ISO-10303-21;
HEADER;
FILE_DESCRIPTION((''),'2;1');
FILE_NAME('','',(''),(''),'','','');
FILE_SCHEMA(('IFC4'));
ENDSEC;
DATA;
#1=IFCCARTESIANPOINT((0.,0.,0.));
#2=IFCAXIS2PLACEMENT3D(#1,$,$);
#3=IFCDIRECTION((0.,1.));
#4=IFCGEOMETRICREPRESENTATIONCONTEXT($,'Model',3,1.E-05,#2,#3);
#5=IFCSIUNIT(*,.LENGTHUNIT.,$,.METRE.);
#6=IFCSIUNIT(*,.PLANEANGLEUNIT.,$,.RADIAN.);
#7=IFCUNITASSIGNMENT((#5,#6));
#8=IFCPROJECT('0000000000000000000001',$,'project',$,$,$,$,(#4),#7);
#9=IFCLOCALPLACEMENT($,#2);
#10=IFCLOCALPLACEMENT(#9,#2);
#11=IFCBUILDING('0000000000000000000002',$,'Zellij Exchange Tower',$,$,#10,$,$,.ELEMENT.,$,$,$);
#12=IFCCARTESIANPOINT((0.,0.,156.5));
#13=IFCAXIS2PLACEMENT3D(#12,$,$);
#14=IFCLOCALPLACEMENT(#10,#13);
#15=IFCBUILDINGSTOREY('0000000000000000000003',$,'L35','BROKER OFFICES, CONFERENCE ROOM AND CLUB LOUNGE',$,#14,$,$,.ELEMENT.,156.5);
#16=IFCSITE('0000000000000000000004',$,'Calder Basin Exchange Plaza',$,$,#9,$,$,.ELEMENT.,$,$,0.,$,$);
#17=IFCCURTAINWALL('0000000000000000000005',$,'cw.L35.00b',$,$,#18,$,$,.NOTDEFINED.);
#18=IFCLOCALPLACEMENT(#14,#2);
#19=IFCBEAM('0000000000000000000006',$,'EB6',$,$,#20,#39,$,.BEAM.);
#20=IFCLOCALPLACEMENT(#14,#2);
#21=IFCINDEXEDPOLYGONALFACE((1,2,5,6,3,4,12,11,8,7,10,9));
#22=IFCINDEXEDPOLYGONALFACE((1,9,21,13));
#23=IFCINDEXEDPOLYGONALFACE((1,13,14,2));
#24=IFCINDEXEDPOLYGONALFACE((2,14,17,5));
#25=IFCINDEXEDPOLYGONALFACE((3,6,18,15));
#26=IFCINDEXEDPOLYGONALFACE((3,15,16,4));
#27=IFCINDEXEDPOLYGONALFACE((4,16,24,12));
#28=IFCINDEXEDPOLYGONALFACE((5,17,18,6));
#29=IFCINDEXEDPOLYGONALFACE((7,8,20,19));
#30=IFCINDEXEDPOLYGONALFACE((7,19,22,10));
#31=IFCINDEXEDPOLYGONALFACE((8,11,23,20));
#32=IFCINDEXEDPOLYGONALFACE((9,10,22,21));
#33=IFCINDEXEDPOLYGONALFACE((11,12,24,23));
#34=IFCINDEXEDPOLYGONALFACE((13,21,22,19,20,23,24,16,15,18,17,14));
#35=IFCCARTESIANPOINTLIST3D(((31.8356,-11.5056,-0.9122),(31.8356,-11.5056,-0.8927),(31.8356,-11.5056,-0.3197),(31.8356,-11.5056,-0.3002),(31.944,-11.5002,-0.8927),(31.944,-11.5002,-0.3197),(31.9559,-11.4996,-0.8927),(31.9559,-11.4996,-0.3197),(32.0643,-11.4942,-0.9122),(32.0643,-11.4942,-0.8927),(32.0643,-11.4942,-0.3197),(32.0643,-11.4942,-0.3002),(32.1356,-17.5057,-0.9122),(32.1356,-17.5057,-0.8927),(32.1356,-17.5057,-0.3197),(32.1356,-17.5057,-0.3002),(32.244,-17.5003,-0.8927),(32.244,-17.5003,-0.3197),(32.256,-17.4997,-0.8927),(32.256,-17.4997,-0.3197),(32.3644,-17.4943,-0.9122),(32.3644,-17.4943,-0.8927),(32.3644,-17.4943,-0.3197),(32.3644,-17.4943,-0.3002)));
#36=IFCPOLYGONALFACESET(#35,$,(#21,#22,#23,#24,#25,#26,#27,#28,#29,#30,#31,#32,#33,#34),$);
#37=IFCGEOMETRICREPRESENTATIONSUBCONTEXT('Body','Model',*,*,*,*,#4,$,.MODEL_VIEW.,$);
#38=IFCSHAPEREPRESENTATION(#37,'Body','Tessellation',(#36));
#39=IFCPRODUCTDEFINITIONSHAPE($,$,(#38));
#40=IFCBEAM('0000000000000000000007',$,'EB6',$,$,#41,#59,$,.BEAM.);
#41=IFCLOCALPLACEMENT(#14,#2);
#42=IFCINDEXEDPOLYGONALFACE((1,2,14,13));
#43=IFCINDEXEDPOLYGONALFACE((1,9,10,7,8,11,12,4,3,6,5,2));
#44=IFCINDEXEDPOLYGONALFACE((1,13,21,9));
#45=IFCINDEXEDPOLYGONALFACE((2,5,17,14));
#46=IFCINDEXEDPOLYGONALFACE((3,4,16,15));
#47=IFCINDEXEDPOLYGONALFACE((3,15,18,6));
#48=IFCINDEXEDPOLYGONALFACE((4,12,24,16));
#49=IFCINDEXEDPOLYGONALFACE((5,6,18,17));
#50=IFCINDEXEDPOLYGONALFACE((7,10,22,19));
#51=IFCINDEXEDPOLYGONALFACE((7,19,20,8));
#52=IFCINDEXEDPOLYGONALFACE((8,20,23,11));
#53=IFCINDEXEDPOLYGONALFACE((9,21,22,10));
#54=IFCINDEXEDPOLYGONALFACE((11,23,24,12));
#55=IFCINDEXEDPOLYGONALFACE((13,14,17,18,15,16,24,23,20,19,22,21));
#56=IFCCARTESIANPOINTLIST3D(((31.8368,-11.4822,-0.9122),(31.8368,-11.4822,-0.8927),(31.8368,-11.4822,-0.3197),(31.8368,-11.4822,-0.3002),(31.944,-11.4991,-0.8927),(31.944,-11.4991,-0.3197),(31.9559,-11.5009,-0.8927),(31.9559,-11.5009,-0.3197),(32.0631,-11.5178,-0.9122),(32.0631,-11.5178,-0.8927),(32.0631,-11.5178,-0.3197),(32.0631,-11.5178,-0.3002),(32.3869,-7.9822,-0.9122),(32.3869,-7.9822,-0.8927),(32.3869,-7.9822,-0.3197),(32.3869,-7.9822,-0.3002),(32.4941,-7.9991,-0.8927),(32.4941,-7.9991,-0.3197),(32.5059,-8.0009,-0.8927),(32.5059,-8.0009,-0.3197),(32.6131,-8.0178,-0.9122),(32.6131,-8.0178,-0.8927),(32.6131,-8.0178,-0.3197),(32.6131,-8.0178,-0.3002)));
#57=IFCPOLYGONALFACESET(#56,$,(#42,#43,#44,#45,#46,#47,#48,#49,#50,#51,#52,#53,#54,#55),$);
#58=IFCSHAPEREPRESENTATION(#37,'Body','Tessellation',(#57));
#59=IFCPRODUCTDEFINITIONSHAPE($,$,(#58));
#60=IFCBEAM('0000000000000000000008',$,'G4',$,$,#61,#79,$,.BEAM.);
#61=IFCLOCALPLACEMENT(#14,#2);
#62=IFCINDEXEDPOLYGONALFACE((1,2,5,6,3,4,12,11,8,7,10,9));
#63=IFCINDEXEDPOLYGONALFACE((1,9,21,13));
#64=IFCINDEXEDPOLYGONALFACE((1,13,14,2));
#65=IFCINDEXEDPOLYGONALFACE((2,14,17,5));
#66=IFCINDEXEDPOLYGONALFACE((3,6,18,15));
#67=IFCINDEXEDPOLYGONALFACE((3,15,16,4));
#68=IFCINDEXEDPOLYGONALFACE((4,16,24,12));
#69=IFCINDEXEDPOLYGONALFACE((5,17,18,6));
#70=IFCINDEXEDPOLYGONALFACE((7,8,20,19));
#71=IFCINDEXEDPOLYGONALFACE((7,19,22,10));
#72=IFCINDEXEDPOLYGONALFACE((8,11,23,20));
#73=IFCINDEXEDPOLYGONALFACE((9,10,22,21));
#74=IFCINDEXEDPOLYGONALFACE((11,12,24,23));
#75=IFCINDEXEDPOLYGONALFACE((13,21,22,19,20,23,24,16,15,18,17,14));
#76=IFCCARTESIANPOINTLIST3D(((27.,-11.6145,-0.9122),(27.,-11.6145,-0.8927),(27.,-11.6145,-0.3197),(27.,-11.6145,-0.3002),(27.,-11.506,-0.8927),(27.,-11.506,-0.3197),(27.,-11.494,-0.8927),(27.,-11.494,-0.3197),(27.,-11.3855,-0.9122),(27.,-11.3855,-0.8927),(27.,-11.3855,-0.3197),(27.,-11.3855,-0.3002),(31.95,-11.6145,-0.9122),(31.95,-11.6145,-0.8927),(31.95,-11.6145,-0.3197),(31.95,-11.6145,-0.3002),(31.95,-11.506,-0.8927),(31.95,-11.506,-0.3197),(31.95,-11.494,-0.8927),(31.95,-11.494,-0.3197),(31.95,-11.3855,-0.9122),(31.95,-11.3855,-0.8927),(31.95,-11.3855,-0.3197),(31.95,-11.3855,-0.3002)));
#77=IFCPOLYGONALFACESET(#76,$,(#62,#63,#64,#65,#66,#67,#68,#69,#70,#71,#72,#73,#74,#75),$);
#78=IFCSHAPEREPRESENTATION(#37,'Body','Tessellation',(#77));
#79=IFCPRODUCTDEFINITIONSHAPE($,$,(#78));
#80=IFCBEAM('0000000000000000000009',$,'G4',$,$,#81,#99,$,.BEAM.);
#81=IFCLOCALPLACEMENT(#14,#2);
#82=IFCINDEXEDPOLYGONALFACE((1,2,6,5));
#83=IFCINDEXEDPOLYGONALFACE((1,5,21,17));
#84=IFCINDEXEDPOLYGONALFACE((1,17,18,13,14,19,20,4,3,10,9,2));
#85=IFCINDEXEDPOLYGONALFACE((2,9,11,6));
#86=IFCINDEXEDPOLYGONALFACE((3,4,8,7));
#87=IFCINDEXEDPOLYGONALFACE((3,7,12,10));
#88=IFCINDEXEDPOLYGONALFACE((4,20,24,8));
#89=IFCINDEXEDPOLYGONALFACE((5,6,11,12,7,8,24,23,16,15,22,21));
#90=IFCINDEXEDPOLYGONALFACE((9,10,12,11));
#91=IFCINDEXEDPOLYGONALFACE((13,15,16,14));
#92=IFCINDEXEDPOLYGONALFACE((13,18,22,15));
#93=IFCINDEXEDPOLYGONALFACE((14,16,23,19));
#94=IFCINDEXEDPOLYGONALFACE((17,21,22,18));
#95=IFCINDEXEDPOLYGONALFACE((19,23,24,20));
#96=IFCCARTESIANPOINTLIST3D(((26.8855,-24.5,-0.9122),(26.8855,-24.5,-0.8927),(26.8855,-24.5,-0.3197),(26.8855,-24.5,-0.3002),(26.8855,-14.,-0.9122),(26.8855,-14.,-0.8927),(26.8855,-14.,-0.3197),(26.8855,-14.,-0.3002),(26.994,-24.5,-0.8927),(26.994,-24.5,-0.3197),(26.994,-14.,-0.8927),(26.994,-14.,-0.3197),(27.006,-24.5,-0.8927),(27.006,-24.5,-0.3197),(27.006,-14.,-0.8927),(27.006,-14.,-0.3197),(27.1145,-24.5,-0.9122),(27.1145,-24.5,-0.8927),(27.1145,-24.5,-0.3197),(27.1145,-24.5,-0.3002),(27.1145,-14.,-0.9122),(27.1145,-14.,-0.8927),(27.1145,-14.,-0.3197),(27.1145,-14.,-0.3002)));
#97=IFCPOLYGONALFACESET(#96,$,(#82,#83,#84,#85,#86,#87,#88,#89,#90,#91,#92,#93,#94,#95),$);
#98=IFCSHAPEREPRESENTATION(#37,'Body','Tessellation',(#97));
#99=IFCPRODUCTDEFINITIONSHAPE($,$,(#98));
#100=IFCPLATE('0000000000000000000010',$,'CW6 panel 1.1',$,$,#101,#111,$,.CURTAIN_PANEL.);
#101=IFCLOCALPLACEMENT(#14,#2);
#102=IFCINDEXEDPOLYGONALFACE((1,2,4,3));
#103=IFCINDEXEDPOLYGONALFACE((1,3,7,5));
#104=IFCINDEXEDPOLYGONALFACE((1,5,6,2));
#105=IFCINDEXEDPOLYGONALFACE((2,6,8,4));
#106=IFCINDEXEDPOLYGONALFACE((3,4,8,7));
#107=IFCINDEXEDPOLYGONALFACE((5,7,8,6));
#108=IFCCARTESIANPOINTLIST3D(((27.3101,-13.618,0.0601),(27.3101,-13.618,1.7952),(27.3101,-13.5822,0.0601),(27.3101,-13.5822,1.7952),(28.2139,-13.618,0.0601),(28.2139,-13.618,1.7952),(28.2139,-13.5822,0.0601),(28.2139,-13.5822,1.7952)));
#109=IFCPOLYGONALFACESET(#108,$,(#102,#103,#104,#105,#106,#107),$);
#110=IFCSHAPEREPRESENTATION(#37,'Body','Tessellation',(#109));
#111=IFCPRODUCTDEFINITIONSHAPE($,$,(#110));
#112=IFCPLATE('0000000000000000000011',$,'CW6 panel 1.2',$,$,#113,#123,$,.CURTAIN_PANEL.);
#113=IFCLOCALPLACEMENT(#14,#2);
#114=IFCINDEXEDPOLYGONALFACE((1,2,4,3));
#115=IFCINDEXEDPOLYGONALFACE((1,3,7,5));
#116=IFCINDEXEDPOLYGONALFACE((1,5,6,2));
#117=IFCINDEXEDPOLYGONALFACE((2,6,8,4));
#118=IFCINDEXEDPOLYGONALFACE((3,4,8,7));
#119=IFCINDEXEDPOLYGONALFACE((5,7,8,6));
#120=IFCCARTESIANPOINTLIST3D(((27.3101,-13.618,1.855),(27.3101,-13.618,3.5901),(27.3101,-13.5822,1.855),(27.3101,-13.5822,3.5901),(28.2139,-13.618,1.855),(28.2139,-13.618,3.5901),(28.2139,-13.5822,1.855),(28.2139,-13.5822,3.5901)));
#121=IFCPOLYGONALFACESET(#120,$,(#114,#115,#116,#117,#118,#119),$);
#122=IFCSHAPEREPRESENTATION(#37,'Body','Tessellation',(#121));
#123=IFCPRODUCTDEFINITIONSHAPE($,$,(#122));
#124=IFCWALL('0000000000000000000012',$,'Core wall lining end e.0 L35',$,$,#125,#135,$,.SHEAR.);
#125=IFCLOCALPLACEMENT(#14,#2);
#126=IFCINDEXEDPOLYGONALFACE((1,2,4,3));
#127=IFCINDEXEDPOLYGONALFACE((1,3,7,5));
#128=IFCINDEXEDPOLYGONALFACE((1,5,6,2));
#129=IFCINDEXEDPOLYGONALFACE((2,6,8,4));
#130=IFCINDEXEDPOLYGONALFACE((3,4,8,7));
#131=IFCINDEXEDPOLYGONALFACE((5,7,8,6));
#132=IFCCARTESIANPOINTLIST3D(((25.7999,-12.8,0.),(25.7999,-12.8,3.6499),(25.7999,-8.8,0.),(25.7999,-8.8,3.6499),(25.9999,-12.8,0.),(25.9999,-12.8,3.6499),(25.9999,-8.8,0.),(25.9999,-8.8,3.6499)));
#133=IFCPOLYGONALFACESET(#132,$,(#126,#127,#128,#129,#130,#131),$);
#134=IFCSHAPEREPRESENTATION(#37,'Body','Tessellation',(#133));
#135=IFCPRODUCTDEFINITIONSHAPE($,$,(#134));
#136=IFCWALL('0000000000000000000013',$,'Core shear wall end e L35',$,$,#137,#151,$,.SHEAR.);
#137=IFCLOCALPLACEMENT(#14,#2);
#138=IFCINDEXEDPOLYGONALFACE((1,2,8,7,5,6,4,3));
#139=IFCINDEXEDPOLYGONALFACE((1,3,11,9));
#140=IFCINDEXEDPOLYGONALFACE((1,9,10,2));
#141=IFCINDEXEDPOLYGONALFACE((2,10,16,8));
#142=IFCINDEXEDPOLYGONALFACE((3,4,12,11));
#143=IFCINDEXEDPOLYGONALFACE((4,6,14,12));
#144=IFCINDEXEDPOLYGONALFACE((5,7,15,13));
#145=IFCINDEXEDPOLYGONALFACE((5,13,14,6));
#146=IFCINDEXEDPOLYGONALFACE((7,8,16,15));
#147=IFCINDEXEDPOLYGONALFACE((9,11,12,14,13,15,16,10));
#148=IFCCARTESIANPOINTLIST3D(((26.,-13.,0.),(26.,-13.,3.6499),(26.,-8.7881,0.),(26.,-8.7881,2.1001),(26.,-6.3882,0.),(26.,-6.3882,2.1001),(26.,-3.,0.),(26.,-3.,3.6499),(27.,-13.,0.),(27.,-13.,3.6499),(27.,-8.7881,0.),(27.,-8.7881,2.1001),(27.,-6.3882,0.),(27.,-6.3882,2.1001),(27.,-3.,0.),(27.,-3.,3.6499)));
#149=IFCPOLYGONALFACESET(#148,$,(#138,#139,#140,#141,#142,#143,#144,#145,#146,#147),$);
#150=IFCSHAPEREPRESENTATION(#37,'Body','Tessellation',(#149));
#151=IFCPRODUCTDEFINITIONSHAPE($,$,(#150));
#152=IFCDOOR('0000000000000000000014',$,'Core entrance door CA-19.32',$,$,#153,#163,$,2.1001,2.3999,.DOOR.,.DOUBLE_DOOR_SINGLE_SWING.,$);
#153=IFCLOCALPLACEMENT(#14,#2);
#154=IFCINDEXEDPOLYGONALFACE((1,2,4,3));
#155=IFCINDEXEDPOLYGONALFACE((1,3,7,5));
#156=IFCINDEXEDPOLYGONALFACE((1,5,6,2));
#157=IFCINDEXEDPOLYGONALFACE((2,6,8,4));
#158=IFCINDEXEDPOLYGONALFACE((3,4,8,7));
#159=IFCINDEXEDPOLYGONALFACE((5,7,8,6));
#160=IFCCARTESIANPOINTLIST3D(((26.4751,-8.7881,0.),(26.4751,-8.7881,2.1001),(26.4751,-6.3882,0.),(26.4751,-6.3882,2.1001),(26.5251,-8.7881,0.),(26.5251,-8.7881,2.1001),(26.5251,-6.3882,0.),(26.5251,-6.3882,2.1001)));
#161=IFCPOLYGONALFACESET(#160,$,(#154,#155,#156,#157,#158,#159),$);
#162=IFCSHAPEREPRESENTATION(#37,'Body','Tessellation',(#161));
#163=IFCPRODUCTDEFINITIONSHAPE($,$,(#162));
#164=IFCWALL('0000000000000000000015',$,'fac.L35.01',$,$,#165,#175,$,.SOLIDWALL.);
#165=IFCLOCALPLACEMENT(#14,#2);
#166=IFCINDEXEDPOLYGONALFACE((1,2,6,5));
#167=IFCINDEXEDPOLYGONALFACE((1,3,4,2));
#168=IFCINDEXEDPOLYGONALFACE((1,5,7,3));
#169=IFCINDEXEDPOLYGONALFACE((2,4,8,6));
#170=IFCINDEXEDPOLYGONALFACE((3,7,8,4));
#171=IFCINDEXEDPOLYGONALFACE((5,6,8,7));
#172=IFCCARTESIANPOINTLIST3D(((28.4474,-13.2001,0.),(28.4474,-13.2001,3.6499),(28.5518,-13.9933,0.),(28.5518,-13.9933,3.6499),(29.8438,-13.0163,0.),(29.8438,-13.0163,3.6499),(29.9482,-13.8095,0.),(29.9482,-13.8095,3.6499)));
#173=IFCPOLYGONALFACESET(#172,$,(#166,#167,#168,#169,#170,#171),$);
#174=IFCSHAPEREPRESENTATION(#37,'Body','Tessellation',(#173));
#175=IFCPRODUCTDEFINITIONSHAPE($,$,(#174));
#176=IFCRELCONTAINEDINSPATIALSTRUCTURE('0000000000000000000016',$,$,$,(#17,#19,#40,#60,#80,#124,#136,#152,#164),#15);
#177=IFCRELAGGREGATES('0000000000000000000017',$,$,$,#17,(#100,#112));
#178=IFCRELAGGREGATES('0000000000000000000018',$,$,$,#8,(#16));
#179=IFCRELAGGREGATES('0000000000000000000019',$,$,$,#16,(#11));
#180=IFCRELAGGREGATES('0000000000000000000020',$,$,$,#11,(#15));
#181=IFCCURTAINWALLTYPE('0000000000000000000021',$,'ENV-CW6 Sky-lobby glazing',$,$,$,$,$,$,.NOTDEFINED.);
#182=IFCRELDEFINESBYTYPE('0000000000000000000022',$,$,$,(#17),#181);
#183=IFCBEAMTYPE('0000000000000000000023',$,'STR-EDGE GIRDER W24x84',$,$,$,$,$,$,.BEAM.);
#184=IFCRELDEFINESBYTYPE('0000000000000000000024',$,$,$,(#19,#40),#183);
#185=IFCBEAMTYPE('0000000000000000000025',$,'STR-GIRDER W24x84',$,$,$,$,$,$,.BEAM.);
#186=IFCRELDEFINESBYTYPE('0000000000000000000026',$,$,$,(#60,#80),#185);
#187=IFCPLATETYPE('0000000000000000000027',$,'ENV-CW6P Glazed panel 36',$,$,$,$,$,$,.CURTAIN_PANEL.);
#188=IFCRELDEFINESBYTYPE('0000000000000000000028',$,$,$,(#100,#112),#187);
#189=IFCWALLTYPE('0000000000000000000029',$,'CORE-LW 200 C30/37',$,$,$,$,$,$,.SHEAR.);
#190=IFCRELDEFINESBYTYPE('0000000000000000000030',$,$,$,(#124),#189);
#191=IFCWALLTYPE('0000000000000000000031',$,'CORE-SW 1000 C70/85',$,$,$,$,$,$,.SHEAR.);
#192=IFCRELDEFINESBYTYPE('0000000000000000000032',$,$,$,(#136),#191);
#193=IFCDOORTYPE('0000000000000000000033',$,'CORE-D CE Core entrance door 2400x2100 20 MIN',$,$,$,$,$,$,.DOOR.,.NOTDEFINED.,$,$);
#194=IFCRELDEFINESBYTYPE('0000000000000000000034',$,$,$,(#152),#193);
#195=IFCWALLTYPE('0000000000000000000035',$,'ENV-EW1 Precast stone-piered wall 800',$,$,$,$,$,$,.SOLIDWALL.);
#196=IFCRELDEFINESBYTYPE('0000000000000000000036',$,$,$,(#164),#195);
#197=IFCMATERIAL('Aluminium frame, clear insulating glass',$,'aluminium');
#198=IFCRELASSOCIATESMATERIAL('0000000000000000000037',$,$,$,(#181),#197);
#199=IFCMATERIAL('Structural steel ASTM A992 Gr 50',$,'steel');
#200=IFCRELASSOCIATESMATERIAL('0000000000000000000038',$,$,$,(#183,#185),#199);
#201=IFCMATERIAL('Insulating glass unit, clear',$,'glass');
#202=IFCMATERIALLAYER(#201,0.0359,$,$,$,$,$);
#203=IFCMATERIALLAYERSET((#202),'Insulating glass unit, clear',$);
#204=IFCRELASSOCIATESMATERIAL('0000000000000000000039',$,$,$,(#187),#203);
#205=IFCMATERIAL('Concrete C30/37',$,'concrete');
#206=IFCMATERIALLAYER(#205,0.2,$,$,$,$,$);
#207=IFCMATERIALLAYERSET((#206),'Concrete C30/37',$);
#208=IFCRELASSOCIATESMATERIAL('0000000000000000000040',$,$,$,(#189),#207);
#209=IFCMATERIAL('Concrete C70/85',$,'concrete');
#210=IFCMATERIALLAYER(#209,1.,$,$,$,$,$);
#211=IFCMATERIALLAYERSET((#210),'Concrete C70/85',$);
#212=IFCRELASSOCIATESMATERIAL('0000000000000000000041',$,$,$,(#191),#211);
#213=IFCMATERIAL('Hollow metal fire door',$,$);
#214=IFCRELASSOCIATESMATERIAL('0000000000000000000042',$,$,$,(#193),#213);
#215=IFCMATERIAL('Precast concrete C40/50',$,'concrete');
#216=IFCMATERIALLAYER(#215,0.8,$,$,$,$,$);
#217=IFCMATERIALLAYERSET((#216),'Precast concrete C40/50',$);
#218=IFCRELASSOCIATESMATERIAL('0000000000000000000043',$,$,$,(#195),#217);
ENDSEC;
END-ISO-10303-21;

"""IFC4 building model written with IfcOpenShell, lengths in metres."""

from ifc_helpers import new_model, si_unit, direction, frame, frame_2d, origin, origin_2d, place, context, subcontext, project, spatial, rectangle, i_section, extrude, material, layer, layer_set, material_profile, profile_set, type_object, element, fill, aggregate, save


model = new_model("IFC4")

# Units and contexts
model_context = context("Model", 3, precision=1e-05, world=origin(), true_north=direction((0.0, 1.0)))
body_context = subcontext(model_context, "Body", "Model", "MODEL_VIEW")
ifc_project = project(units=[si_unit("LENGTHUNIT", "METRE"), si_unit("PLANEANGLEUNIT", "RADIAN")], contexts=[model_context])

# Site, building, storey
site_placement = place(None, origin())
site = spatial("IfcSite", under=ifc_project, at=site_placement, Name="Calder Basin Exchange Plaza", CompositionType="ELEMENT", RefElevation=0.0)
building_placement = place(site_placement, origin())
building = spatial("IfcBuilding", under=site, at=building_placement, Name="Zellij Exchange Tower", CompositionType="ELEMENT")
storey_placement = place(building_placement, frame((0.0, 0.0, 156.5)))
storey = spatial("IfcBuildingStorey", under=building, at=storey_placement, Name="L35", Description="BROKER OFFICES, CONFERENCE ROOM AND CLUB LOUNGE", CompositionType="ELEMENT", Elevation=156.5)

# Curtain wall
ifc_material_1 = material(Name="Aluminium frame, clear insulating glass", Category="aluminium")
curtain_wall_type = type_object("IfcCurtainWallType", Name="ENV-CW6 Sky-lobby glazing", PredefinedType="NOTDEFINED", material=ifc_material_1)
curtain_wall_placement = place(storey_placement, origin())
curtain_wall = element("IfcCurtainWall", 1, at=curtain_wall_placement, inside=storey, type_object=curtain_wall_type, Name="cw.L35.00b", PredefinedType="NOTDEFINED")

# Beams
ifc_material_2 = material(Name="Structural steel ASTM A992 Gr 50", Category="steel")
ifc_material_profile_1 = material_profile(ifc_material_2, i_section(OverallWidth=0.229, OverallDepth=0.6121, WebThickness=0.012, FlangeThickness=0.0195, at=origin_2d()), Name="W24x84")
ifc_profile_set_1 = profile_set([ifc_material_profile_1], Name="Structural steel ASTM A992 Gr 50")
beam_type_1 = type_object("IfcBeamType", Name="STR-EDGE GIRDER W24x84", PredefinedType="BEAM", material=ifc_profile_set_1)
beam_1_placement = place(storey_placement, frame((32.25, -17.5, -0.6062), z_axis=(-0.049946, 0.998752, 0.0), x_axis=(-0.998752, -0.049946, 0.0)))
element("IfcBeam", 2, at=beam_1_placement, inside=storey, type_object=beam_type_1, Name="EB6", PredefinedType="BEAM", context=body_context, shape_type="SweptSolid", body=[
    extrude(i_section(OverallWidth=0.229, OverallDepth=0.6121, WebThickness=0.012, FlangeThickness=0.0195, at=origin_2d()), origin(), (0.0, 0.0, 1.0), 6.0076),
])
beam_2_placement = place(storey_placement, frame((31.95, -11.5, -0.6062), z_axis=(0.155251, 0.987875, 0.0), x_axis=(-0.987875, 0.155251, 0.0)))
element("IfcBeam", 3, at=beam_2_placement, inside=storey, type_object=beam_type_1, Name="EB6", PredefinedType="BEAM", context=body_context, shape_type="SweptSolid", body=[
    extrude(i_section(OverallWidth=0.229, OverallDepth=0.6121, WebThickness=0.012, FlangeThickness=0.0195, at=origin_2d()), origin(), (0.0, 0.0, 1.0), 3.543),
])
ifc_material_profile_2 = material_profile(ifc_material_2, i_section(OverallWidth=0.229, OverallDepth=0.6121, WebThickness=0.012, FlangeThickness=0.0195, at=origin_2d()), Name="W24x84")
ifc_profile_set_2 = profile_set([ifc_material_profile_2], Name="Structural steel ASTM A992 Gr 50")
beam_type_2 = type_object("IfcBeamType", Name="STR-GIRDER W24x84", PredefinedType="BEAM", material=ifc_profile_set_2)
beam_3_placement = place(storey_placement, frame((27.0, -11.5, -0.6062), z_axis=(1.0, 0.0, 0.0), x_axis=(0.0, 1.0, 0.0)))
element("IfcBeam", 4, at=beam_3_placement, inside=storey, type_object=beam_type_2, Name="G4", PredefinedType="BEAM", context=body_context, shape_type="SweptSolid", body=[
    extrude(i_section(OverallWidth=0.229, OverallDepth=0.6121, WebThickness=0.012, FlangeThickness=0.0195, at=origin_2d()), origin(), (0.0, 0.0, 1.0), 4.95),
])
beam_4_placement = place(storey_placement, frame((27.0, -24.5, -0.6062), z_axis=(0.0, 1.0, 0.0), x_axis=(-1.0, 0.0, 0.0)))
element("IfcBeam", 5, at=beam_4_placement, inside=storey, type_object=beam_type_2, Name="G4", PredefinedType="BEAM", context=body_context, shape_type="SweptSolid", body=[
    extrude(i_section(OverallWidth=0.229, OverallDepth=0.6121, WebThickness=0.012, FlangeThickness=0.0195, at=origin_2d()), origin(), (0.0, 0.0, 1.0), 10.5),
])

# Plates
ifc_material_3 = material(Name="Insulating glass unit, clear", Category="glass")
ifc_layer_1 = layer(ifc_material_3, 0.0359)
ifc_layer_set_1 = layer_set([ifc_layer_1], Name="Insulating glass unit, clear")
plate_type = type_object("IfcPlateType", Name="ENV-CW6P Glazed panel 36", PredefinedType="CURTAIN_PANEL", material=ifc_layer_set_1)
plate_1_placement = place(storey_placement, frame((27.762, -13.6001, 0.0601), z_axis=(0.0, 0.0, 1.0), x_axis=(1.0, 0.0, 0.0)))
plate_1 = element("IfcPlate", 6, at=plate_1_placement, type_object=plate_type, Name="CW6 panel 1.1", PredefinedType="CURTAIN_PANEL", context=body_context, shape_type="SweptSolid", body=[
    extrude(rectangle(XDim=0.9038, YDim=0.0359, at=origin_2d()), origin(), (0.0, 0.0, 1.0), 1.7351),
])
plate_2_placement = place(storey_placement, frame((27.762, -13.6001, 1.855), z_axis=(0.0, 0.0, 1.0), x_axis=(1.0, 0.0, 0.0)))
plate_2 = element("IfcPlate", 7, at=plate_2_placement, type_object=plate_type, Name="CW6 panel 1.2", PredefinedType="CURTAIN_PANEL", context=body_context, shape_type="SweptSolid", body=[
    extrude(rectangle(XDim=0.9038, YDim=0.0359, at=origin_2d()), origin(), (0.0, 0.0, 1.0), 1.7351),
])
aggregate(curtain_wall, [plate_1, plate_2])

# Wall
ifc_material_4 = material(Name="Concrete C30/37", Category="concrete")
ifc_layer_2 = layer(ifc_material_4, 0.2)
ifc_layer_set_2 = layer_set([ifc_layer_2], Name="Concrete C30/37")
wall_type_1 = type_object("IfcWallType", Name="CORE-LW 200 C30/37", PredefinedType="SHEAR", material=ifc_layer_set_2)
wall_1_placement = place(storey_placement, frame((25.8999, -12.8, 0.0), z_axis=(0.0, 0.0, 1.0), x_axis=(0.0, 1.0, 0.0)))
element("IfcWall", 8, at=wall_1_placement, inside=storey, type_object=wall_type_1, Name="Core wall lining end e.0 L35", PredefinedType="SHEAR", context=body_context, shape_type="SweptSolid", body=[
    extrude(rectangle(XDim=4.0, YDim=0.2, at=frame_2d((2.0, 0.0))), origin(), (0.0, 0.0, 1.0), 3.6499),
])

# Wall, opening, door
ifc_material_5 = material(Name="Concrete C70/85", Category="concrete")
ifc_layer_3 = layer(ifc_material_5, 1.0)
ifc_layer_set_3 = layer_set([ifc_layer_3], Name="Concrete C70/85")
wall_type_2 = type_object("IfcWallType", Name="CORE-SW 1000 C70/85", PredefinedType="SHEAR", material=ifc_layer_set_3)
wall_2_placement = place(storey_placement, frame((26.5, -13.0, 0.0), z_axis=(0.0, 0.0, 1.0), x_axis=(0.0, 1.0, 0.0)))
wall_2 = element("IfcWall", 9, at=wall_2_placement, inside=storey, type_object=wall_type_2, Name="Core shear wall end e L35", PredefinedType="SHEAR", context=body_context, shape_type="SweptSolid", body=[
    extrude(rectangle(XDim=10.0, YDim=1.0, at=frame_2d((5.0, 0.0))), origin(), (0.0, 0.0, 1.0), 3.6499),
])
opening_placement = place(wall_2_placement, frame((4.2119, 0.0, 0.0)))
opening = element("IfcOpeningElement", 10, at=opening_placement, cuts=wall_2, PredefinedType="OPENING", context=body_context, shape_type="SweptSolid", body=[
    extrude(rectangle(XDim=2.3999, YDim=2.1001, at=frame_2d((1.2, 1.05))), frame((0.0, 0.512, 0.0), z_axis=(0.0, -1.0, 0.0), x_axis=(1.0, 0.0, 0.0)), (0.0, 0.0, 1.0), 1.0239),
])
ifc_material_6 = material(Name="Hollow metal fire door")
door_type = type_object("IfcDoorType", Name="CORE-D CE Core entrance door 2400x2100 20 MIN", OperationType="NOTDEFINED", PredefinedType="DOOR", material=ifc_material_6)
door_placement = place(opening_placement, origin())
door = element("IfcDoor", 11, at=door_placement, inside=storey, type_object=door_type, Name="Core entrance door CA-19.32", OperationType="DOUBLE_DOOR_SINGLE_SWING", OverallHeight=2.1001, OverallWidth=2.3999, PredefinedType="DOOR", context=body_context, shape_type="SweptSolid", body=[
    extrude(rectangle(XDim=2.3999, YDim=2.1001, at=frame_2d((1.2, 1.05))), frame((0.0, 0.0249, 0.0), z_axis=(0.0, -1.0, 0.0), x_axis=(1.0, 0.0, 0.0)), (0.0, 0.0, 1.0), 0.05),
])
fill(opening, door)

# Wall
ifc_material_7 = material(Name="Precast concrete C40/50", Category="concrete")
ifc_layer_4 = layer(ifc_material_7, 0.8)
ifc_layer_set_4 = layer_set([ifc_layer_4], Name="Precast concrete C40/50")
wall_type_3 = type_object("IfcWallType", Name="ENV-EW1 Precast stone-piered wall 800", PredefinedType="SOLIDWALL", material=ifc_layer_set_4)
wall_3_placement = place(storey_placement, frame((28.4998, -13.5967, 0.0), z_axis=(0.0, 0.0, 1.0), x_axis=(0.991446, 0.130517, 0.0)))
element("IfcWall", 12, at=wall_3_placement, inside=storey, type_object=wall_type_3, Name="fac.L35.01", PredefinedType="SOLIDWALL", context=body_context, shape_type="SweptSolid", body=[
    extrude(rectangle(XDim=1.4084, YDim=0.8, at=frame_2d((0.7041, 0.0))), origin(), (0.0, 0.0, 1.0), 3.6499),
])

save(model, "model.ifc")
